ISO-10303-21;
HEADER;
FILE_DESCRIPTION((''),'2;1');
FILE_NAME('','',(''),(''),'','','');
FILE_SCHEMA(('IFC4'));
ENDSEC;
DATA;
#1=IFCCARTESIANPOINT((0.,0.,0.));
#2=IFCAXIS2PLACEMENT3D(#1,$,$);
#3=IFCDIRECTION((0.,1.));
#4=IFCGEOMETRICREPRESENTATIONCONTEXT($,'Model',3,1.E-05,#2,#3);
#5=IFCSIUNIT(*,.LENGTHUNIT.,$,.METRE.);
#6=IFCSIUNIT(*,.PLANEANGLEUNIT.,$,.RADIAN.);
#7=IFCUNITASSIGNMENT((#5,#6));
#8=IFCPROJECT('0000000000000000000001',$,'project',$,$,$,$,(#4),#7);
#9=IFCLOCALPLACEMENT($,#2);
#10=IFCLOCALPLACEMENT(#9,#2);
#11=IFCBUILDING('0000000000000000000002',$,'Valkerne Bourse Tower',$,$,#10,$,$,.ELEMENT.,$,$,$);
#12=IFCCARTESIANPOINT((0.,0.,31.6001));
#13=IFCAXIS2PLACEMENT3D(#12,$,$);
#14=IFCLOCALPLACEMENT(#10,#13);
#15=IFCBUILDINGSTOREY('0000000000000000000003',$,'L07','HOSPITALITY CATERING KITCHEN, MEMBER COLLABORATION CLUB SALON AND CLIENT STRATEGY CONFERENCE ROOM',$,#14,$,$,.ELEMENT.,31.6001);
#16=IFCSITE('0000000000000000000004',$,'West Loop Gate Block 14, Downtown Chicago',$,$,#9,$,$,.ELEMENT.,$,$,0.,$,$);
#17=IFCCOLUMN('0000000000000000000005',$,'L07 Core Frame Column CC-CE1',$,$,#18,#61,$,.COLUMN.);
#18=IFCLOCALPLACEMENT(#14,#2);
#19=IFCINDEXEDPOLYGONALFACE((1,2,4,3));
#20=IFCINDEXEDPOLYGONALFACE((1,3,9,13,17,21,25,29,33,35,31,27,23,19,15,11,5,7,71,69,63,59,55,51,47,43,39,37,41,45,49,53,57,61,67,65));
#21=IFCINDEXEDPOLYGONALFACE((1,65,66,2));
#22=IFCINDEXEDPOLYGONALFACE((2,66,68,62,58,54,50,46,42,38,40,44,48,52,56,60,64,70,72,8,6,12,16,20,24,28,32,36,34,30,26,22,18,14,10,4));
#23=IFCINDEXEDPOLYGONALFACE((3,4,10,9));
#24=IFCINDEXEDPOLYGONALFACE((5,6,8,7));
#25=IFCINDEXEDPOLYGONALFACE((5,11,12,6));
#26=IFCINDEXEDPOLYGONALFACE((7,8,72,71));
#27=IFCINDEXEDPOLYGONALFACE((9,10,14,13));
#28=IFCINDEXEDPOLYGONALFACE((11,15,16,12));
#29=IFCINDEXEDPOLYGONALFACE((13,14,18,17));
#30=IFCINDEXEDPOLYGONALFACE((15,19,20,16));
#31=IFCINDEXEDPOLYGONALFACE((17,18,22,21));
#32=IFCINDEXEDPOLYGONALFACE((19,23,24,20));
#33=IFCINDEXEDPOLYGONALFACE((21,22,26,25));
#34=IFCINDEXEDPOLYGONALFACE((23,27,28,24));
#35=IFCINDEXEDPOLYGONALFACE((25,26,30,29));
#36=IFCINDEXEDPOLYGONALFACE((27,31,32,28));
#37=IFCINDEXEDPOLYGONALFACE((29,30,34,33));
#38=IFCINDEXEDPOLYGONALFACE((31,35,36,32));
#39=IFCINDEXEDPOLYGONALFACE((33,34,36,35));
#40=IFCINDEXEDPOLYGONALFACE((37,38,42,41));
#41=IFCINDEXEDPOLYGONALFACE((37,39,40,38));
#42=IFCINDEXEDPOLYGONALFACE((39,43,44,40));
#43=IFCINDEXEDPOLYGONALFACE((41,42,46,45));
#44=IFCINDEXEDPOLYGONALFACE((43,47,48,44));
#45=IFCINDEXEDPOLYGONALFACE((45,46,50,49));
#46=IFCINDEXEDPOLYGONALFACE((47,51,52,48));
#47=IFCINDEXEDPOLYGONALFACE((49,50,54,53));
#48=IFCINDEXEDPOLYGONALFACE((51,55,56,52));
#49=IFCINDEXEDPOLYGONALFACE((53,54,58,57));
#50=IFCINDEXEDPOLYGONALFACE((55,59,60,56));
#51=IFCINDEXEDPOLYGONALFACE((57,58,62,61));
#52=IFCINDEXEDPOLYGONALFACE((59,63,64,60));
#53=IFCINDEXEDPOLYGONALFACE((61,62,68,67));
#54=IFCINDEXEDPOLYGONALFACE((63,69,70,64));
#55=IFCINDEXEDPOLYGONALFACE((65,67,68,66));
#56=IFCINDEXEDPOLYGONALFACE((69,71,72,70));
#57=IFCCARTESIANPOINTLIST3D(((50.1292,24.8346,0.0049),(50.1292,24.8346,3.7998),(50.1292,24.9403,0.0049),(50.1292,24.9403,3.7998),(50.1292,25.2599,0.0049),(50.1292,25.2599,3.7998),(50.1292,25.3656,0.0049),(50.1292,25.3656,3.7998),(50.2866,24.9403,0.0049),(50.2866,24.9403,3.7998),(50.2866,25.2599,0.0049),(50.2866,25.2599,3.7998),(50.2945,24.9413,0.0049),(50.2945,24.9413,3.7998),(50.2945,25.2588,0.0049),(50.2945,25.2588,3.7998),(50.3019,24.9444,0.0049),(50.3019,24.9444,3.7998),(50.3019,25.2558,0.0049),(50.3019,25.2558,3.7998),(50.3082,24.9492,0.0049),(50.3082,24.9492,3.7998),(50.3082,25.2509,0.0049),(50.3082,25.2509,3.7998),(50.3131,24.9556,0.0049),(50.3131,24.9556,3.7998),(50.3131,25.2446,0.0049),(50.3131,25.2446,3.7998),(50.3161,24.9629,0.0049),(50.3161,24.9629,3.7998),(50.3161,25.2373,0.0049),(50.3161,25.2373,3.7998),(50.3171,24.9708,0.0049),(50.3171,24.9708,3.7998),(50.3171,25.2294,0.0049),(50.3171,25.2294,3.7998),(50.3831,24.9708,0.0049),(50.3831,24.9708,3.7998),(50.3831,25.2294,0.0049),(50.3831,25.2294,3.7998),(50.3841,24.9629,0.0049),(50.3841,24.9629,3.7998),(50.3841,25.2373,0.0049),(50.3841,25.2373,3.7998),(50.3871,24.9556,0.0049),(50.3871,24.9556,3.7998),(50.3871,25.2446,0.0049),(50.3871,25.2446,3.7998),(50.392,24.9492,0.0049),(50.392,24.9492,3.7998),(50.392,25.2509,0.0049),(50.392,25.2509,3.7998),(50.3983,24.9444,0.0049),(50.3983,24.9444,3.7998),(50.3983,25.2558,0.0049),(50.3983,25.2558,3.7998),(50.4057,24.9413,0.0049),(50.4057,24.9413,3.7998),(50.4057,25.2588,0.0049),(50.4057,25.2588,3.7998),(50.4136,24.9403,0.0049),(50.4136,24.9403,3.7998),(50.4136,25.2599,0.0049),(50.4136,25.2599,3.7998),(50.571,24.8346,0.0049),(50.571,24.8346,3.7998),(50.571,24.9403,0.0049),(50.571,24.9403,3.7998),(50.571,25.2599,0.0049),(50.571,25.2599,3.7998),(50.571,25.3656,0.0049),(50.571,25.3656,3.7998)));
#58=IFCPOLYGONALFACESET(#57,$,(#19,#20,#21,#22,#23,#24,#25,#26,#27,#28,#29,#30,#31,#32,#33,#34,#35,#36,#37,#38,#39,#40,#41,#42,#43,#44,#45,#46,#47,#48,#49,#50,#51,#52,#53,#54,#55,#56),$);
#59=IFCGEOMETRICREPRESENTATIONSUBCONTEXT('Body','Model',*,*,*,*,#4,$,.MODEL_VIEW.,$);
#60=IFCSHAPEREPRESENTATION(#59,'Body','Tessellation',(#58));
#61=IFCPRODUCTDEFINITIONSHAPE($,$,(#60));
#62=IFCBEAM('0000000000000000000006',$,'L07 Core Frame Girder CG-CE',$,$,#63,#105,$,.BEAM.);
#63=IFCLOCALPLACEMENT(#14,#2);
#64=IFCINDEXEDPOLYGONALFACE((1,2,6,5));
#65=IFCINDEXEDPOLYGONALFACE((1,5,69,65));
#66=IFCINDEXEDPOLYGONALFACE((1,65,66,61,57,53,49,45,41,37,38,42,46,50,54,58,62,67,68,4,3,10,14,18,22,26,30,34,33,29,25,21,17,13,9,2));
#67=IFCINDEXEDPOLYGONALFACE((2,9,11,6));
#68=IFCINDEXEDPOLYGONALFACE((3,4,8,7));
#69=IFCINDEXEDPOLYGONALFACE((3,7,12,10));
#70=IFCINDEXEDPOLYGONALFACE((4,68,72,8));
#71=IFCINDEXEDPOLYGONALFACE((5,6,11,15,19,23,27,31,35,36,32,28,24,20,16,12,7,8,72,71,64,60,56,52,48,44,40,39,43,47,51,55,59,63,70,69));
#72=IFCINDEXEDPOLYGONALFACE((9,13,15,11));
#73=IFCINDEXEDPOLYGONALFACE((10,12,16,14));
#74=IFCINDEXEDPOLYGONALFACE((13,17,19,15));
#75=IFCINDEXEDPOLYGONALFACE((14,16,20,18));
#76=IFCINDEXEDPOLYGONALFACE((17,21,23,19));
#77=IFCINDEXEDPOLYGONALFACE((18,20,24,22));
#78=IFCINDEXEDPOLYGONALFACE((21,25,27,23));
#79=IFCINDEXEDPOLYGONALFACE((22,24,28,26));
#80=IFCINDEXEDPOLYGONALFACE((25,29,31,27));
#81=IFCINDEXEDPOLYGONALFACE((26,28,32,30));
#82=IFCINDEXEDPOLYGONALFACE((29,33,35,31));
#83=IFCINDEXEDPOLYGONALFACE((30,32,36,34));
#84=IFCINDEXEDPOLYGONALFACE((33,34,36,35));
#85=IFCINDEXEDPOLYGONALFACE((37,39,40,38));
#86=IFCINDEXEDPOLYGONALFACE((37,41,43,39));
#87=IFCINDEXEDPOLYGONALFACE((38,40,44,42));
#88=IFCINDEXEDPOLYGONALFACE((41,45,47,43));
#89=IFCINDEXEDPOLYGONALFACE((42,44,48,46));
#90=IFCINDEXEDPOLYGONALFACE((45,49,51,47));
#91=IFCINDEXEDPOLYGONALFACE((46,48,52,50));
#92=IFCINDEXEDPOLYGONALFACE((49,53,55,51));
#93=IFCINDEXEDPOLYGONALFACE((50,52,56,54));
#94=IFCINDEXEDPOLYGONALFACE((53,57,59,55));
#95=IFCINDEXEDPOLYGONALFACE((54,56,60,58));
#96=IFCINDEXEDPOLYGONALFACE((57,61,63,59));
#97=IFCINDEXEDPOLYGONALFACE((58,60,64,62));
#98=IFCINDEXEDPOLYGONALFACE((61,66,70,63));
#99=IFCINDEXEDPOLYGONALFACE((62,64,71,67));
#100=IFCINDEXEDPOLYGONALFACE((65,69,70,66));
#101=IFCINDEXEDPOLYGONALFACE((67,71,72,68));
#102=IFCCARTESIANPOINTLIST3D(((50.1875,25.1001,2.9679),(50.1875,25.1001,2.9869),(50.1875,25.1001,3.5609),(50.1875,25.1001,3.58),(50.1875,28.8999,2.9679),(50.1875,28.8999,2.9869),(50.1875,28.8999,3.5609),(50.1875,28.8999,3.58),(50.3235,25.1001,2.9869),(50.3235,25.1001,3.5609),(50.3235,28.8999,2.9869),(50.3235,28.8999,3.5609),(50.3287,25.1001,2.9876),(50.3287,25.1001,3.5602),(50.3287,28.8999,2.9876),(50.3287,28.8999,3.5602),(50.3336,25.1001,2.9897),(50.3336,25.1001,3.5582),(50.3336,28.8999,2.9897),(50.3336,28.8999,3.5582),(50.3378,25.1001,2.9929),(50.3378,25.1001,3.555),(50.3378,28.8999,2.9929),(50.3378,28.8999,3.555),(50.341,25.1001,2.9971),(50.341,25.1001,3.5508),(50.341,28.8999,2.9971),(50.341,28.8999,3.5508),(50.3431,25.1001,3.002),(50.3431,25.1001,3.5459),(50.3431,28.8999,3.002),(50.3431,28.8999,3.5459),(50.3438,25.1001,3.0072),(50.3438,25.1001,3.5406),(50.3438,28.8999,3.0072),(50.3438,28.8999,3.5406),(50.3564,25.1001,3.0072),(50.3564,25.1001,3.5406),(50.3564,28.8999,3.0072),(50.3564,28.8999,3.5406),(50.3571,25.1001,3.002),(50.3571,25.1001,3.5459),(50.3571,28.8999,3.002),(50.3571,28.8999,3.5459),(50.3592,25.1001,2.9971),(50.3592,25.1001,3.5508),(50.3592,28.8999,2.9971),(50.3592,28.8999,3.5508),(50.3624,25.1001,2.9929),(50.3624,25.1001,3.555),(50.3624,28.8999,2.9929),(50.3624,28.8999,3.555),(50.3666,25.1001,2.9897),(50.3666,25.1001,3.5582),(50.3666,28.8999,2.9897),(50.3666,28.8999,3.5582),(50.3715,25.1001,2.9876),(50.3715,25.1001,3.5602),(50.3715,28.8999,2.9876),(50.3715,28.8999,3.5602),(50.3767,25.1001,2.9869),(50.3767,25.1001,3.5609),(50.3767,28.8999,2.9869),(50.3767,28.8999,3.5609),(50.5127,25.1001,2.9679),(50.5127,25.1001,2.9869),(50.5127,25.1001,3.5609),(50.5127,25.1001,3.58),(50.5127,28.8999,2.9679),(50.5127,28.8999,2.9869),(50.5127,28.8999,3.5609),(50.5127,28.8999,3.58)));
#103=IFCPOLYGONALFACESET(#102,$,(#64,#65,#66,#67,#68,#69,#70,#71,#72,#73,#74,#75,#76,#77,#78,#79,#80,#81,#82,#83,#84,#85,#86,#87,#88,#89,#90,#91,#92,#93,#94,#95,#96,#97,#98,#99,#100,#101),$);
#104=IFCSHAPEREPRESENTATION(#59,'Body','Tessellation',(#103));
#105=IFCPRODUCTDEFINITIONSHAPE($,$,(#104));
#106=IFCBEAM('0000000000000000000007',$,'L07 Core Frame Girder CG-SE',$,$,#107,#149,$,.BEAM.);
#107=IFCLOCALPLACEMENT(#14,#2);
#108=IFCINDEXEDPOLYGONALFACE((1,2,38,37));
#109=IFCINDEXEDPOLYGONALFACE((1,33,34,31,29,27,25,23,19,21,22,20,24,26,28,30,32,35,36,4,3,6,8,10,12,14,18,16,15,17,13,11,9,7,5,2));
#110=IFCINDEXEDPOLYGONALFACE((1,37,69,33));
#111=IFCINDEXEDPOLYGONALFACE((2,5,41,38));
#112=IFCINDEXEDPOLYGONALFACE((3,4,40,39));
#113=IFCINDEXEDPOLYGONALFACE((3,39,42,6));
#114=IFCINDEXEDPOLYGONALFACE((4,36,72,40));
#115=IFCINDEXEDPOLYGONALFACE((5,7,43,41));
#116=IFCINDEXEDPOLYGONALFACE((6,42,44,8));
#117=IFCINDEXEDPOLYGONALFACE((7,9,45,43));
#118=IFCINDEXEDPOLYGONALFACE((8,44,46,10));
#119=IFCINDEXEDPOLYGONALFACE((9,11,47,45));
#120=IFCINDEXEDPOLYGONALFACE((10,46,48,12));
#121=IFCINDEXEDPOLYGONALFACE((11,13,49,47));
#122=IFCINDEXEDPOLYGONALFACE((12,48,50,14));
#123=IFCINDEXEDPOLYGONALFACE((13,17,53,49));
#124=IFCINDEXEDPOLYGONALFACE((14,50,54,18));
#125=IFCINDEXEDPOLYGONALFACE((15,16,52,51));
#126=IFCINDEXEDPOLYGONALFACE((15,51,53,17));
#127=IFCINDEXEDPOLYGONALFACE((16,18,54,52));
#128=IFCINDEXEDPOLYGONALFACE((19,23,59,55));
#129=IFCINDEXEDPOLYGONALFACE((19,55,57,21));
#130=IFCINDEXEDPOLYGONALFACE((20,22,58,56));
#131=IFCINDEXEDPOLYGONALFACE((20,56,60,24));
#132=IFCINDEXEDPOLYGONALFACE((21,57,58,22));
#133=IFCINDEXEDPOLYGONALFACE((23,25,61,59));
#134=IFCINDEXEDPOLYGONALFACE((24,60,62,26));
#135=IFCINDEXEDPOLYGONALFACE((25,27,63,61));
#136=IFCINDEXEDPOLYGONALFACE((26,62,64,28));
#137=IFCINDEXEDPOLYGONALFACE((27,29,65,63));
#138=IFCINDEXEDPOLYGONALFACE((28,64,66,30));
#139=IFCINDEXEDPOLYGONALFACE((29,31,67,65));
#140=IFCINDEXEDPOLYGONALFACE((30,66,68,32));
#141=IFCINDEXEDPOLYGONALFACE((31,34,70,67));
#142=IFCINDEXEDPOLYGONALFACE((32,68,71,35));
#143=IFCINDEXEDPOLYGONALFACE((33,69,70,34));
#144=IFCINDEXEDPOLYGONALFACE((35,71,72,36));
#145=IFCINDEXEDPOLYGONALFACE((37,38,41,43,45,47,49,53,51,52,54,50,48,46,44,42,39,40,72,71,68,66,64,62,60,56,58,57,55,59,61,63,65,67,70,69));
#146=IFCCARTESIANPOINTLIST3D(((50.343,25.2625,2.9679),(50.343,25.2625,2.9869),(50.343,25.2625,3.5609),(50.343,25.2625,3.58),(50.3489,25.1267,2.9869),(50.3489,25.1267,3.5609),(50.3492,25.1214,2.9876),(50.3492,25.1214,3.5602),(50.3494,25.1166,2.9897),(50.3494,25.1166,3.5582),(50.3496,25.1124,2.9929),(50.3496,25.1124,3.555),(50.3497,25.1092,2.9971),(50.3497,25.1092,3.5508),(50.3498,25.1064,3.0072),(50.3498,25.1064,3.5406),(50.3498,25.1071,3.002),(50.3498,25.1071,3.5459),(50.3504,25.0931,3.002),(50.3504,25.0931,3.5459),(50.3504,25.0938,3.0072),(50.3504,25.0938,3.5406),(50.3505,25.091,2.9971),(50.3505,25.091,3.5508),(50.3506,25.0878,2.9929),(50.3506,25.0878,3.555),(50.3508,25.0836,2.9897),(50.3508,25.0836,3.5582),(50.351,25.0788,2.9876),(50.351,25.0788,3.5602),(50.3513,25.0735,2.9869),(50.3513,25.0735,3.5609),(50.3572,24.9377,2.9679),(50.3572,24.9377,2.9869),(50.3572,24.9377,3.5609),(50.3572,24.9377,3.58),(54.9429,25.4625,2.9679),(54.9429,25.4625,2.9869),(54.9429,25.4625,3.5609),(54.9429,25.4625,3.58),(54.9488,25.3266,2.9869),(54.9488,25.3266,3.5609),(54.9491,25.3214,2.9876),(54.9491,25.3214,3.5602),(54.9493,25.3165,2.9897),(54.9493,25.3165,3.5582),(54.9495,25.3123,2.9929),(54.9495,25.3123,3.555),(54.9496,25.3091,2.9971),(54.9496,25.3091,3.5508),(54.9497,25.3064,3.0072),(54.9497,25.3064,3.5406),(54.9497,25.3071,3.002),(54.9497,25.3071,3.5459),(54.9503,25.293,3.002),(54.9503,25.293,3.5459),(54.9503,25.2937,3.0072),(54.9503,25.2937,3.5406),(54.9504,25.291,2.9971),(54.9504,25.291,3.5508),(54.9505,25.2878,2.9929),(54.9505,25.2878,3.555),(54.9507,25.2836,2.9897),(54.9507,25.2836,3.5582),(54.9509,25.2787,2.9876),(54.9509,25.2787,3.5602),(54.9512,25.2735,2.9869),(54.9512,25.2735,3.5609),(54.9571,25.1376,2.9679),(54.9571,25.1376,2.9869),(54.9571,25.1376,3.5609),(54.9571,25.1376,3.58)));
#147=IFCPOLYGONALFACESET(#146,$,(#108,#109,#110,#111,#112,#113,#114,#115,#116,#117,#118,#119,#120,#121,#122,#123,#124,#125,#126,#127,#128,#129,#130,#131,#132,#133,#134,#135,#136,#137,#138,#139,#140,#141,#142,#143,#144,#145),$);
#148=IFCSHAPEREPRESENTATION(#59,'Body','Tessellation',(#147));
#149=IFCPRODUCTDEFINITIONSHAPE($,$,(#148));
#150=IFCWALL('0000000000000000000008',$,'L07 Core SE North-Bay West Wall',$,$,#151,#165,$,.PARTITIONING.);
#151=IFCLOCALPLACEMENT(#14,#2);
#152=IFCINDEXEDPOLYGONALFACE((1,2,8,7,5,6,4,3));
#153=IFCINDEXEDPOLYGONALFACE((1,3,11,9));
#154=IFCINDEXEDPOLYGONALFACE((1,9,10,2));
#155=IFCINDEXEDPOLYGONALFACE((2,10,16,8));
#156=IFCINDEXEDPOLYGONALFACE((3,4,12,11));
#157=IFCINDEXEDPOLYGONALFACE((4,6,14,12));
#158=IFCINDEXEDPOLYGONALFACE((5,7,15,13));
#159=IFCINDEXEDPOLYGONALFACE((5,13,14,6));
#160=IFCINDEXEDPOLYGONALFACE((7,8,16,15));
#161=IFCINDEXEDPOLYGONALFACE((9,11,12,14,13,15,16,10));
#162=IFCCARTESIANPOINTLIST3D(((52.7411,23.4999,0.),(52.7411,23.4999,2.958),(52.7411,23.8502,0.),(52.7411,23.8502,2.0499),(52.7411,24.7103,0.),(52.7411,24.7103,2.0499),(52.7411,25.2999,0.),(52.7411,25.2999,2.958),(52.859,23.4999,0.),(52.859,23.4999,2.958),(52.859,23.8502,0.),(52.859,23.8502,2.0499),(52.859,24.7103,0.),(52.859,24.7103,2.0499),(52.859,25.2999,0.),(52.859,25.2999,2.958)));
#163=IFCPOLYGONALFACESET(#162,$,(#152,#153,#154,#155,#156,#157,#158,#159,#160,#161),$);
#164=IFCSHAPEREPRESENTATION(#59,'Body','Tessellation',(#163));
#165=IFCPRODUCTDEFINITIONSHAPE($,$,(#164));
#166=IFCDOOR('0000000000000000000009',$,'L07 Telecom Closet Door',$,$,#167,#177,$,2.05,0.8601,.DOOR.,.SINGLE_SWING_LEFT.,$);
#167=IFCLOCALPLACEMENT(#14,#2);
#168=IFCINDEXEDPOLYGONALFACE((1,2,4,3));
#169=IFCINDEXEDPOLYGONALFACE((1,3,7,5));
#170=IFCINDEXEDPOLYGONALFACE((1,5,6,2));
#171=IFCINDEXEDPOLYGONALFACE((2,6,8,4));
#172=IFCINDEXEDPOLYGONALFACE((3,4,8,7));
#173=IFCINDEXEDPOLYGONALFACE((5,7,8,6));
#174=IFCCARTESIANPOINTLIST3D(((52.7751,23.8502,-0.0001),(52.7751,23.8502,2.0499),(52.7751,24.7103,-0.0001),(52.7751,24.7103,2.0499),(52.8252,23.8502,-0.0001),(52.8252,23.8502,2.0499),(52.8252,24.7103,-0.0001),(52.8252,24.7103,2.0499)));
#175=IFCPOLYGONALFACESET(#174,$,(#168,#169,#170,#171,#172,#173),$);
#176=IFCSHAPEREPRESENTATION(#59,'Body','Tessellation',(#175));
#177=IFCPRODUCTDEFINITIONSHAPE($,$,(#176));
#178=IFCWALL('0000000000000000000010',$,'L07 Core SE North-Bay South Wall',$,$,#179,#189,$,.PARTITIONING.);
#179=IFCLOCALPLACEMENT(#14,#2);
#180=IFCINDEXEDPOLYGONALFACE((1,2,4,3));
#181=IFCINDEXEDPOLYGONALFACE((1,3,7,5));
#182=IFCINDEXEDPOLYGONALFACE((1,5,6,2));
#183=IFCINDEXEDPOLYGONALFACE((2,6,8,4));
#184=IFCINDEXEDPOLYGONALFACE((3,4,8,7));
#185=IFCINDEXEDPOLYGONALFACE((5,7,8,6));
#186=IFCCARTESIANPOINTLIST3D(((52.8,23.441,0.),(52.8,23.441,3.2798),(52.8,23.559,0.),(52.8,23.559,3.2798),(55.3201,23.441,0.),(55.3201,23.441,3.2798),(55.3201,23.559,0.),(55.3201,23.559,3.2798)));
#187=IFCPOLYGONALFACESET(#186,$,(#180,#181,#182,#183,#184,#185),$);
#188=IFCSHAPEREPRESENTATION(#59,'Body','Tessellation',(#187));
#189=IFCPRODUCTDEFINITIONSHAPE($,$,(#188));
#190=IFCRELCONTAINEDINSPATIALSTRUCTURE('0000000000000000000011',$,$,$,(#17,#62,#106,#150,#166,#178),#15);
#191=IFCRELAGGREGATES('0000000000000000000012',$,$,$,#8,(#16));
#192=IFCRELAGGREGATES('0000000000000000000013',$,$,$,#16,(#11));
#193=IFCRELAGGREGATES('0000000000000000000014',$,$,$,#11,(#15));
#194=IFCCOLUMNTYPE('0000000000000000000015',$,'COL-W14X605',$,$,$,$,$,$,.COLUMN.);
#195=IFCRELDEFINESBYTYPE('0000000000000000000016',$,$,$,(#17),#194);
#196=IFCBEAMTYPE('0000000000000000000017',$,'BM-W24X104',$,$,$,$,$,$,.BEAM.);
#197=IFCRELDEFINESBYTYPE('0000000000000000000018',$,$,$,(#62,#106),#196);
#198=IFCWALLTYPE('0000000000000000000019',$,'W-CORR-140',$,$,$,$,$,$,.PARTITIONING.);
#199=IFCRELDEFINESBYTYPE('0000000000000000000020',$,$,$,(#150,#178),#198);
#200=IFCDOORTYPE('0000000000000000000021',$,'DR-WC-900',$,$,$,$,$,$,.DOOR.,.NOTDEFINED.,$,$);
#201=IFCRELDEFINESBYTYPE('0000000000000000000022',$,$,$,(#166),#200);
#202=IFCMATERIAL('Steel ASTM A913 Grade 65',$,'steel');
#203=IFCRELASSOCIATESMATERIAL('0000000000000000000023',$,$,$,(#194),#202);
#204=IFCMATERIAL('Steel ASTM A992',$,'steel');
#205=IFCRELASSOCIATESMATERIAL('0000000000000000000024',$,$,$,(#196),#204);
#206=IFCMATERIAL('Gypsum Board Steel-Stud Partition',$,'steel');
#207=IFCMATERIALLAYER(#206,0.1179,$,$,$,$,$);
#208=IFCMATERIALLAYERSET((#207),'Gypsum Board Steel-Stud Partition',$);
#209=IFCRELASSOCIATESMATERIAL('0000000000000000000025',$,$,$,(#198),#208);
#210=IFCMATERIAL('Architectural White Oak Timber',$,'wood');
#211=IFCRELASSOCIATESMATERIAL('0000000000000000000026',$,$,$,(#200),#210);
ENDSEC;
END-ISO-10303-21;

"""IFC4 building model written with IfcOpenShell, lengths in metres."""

from ifc_helpers import new_model, si_unit, direction, frame, frame_2d, origin, origin_2d, place, context, subcontext, project, spatial, rectangle, i_section, extrude, material, layer, layer_set, material_profile, profile_set, type_object, element, fill, save


model = new_model("IFC4")

# Units and contexts
model_context = context("Model", 3, precision=1e-05, world=origin(), true_north=direction((0.0, 1.0)))
body_context = subcontext(model_context, "Body", "Model", "MODEL_VIEW")
ifc_project = project(units=[si_unit("LENGTHUNIT", "METRE"), si_unit("PLANEANGLEUNIT", "RADIAN")], contexts=[model_context])

# Site, building, storey
site_placement = place(None, origin())
site = spatial("IfcSite", under=ifc_project, at=site_placement, Name="West Loop Gate Block 14, Downtown Chicago", CompositionType="ELEMENT", RefElevation=0.0)
building_placement = place(site_placement, origin())
building = spatial("IfcBuilding", under=site, at=building_placement, Name="Valkerne Bourse Tower", CompositionType="ELEMENT")
storey_placement = place(building_placement, frame((0.0, 0.0, 31.6001)))
storey = spatial("IfcBuildingStorey", under=building, at=storey_placement, Name="L07", Description="HOSPITALITY CATERING KITCHEN, MEMBER COLLABORATION CLUB SALON AND CLIENT STRATEGY CONFERENCE ROOM", CompositionType="ELEMENT", Elevation=31.6001)

# Column
ifc_material_1 = material(Name="Steel ASTM A913 Grade 65", Category="steel")
ifc_material_profile_1 = material_profile(ifc_material_1, i_section(OverallWidth=0.4419, OverallDepth=0.531, WebThickness=0.0659, FlangeThickness=0.1057, FilletRadius=0.0305, at=origin_2d()), Name="W14X605")
ifc_profile_set_1 = profile_set([ifc_material_profile_1], Name="Steel ASTM A913 Grade 65")
column_type = type_object("IfcColumnType", Name="COL-W14X605", PredefinedType="COLUMN", material=ifc_profile_set_1)
column_placement = place(storey_placement, frame((50.3501, 25.1001, 0.0049), z_axis=(0.0, 0.0, 1.0), x_axis=(1.0, 0.0, 0.0)))
element("IfcColumn", 1, at=column_placement, inside=storey, type_object=column_type, Name="L07 Core Frame Column CC-CE1", PredefinedType="COLUMN", context=body_context, shape_type="SweptSolid", body=[
    extrude(i_section(OverallWidth=0.4419, OverallDepth=0.531, WebThickness=0.0659, FlangeThickness=0.1057, FilletRadius=0.0305, at=origin_2d()), origin(), (0.0, 0.0, 1.0), 3.7949),
])

# Beams
ifc_material_2 = material(Name="Steel ASTM A992", Category="steel")
ifc_material_profile_2 = material_profile(ifc_material_2, i_section(OverallWidth=0.3252, OverallDepth=0.6121, WebThickness=0.0127, FlangeThickness=0.019, FilletRadius=0.0203, at=origin_2d()), Name="W24X104")
ifc_profile_set_2 = profile_set([ifc_material_profile_2], Name="Steel ASTM A992")
beam_type = type_object("IfcBeamType", Name="BM-W24X104", PredefinedType="BEAM", material=ifc_profile_set_2)
beam_1_placement = place(storey_placement, frame((50.3501, 25.1001, 3.2739), z_axis=(0.0, 1.0, 0.0), x_axis=(-1.0, 0.0, 0.0)))
element("IfcBeam", 2, at=beam_1_placement, inside=storey, type_object=beam_type, Name="L07 Core Frame Girder CG-CE", PredefinedType="BEAM", context=body_context, shape_type="SweptSolid", body=[
    extrude(i_section(OverallWidth=0.3252, OverallDepth=0.6121, WebThickness=0.0127, FlangeThickness=0.019, FilletRadius=0.0203, at=origin_2d()), origin(), (0.0, 0.0, 1.0), 3.7998),
])
beam_2_placement = place(storey_placement, frame((50.3501, 25.1001, 3.2739), z_axis=(0.999057, 0.043428, 0.0), x_axis=(-0.043428, 0.999057, 0.0)))
element("IfcBeam", 3, at=beam_2_placement, inside=storey, type_object=beam_type, Name="L07 Core Frame Girder CG-SE", PredefinedType="BEAM", context=body_context, shape_type="SweptSolid", body=[
    extrude(i_section(OverallWidth=0.3252, OverallDepth=0.6121, WebThickness=0.0127, FlangeThickness=0.019, FilletRadius=0.0203, at=origin_2d()), origin(), (0.0, 0.0, 1.0), 4.6042),
])

# Wall, opening, door
ifc_material_3 = material(Name="Gypsum Board Steel-Stud Partition", Category="steel")
ifc_layer_1 = layer(ifc_material_3, 0.1179)
ifc_layer_set_1 = layer_set([ifc_layer_1], Name="Gypsum Board Steel-Stud Partition")
wall_type_1 = type_object("IfcWallType", Name="W-CORR-140", PredefinedType="PARTITIONING", material=ifc_layer_set_1)
wall_1_placement = place(storey_placement, frame((52.8, 23.5, 0.0), z_axis=(0.0, 0.0, 1.0), x_axis=(0.0, 1.0, 0.0)))
wall_1 = element("IfcWall", 4, at=wall_1_placement, inside=storey, type_object=wall_type_1, Name="L07 Core SE North-Bay West Wall", PredefinedType="PARTITIONING", context=body_context, shape_type="SweptSolid", body=[
    extrude(rectangle(XDim=1.8, YDim=0.1179, at=frame_2d((0.8999, 0.0))), origin(), (0.0, 0.0, 1.0), 2.958),
])
opening_1_placement = place(wall_1_placement, frame((0.3501, 0.0, 0.0)))
opening_1 = element("IfcOpeningElement", 5, at=opening_1_placement, cuts=wall_1, PredefinedType="OPENING", context=body_context, shape_type="SweptSolid", body=[
    extrude(rectangle(XDim=0.8601, YDim=2.05, at=frame_2d((0.4302, 1.0249))), frame((0.0, 0.0688, 0.0), z_axis=(0.0, -1.0, 0.0), x_axis=(1.0, 0.0, 0.0)), (0.0, 0.0, 1.0), 0.1379),
])
ifc_material_4 = material(Name="Architectural White Oak Timber", Category="wood")
door_type_1 = type_object("IfcDoorType", Name="DR-WC-900", OperationType="NOTDEFINED", PredefinedType="DOOR", material=ifc_material_4)
door_1_placement = place(opening_1_placement, origin())
door_1 = element("IfcDoor", 6, at=door_1_placement, inside=storey, type_object=door_type_1, Name="L07 Telecom Closet Door", OperationType="SINGLE_SWING_LEFT", OverallHeight=2.05, OverallWidth=0.8601, PredefinedType="DOOR", context=body_context, shape_type="SweptSolid", body=[
    extrude(rectangle(XDim=0.8601, YDim=2.05, at=frame_2d((0.4302, 1.0249))), frame((0.0, 0.0249, 0.0), z_axis=(0.0, -1.0, 0.0), x_axis=(1.0, 0.0, 0.0)), (0.0, 0.0, 1.0), 0.05),
])
fill(opening_1, door_1)

# Wall
wall_2_placement = place(storey_placement, frame((52.8, 23.5, 0.0), z_axis=(0.0, 0.0, 1.0), x_axis=(1.0, 0.0, 0.0)))
element("IfcWall", 7, at=wall_2_placement, inside=storey, type_object=wall_type_1, Name="L07 Core SE North-Bay South Wall", PredefinedType="PARTITIONING", context=body_context, shape_type="SweptSolid", body=[
    extrude(rectangle(XDim=2.52, YDim=0.1179, at=frame_2d((1.26, 0.0))), origin(), (0.0, 0.0, 1.0), 3.2798),
])

save(model, "model.ifc")
